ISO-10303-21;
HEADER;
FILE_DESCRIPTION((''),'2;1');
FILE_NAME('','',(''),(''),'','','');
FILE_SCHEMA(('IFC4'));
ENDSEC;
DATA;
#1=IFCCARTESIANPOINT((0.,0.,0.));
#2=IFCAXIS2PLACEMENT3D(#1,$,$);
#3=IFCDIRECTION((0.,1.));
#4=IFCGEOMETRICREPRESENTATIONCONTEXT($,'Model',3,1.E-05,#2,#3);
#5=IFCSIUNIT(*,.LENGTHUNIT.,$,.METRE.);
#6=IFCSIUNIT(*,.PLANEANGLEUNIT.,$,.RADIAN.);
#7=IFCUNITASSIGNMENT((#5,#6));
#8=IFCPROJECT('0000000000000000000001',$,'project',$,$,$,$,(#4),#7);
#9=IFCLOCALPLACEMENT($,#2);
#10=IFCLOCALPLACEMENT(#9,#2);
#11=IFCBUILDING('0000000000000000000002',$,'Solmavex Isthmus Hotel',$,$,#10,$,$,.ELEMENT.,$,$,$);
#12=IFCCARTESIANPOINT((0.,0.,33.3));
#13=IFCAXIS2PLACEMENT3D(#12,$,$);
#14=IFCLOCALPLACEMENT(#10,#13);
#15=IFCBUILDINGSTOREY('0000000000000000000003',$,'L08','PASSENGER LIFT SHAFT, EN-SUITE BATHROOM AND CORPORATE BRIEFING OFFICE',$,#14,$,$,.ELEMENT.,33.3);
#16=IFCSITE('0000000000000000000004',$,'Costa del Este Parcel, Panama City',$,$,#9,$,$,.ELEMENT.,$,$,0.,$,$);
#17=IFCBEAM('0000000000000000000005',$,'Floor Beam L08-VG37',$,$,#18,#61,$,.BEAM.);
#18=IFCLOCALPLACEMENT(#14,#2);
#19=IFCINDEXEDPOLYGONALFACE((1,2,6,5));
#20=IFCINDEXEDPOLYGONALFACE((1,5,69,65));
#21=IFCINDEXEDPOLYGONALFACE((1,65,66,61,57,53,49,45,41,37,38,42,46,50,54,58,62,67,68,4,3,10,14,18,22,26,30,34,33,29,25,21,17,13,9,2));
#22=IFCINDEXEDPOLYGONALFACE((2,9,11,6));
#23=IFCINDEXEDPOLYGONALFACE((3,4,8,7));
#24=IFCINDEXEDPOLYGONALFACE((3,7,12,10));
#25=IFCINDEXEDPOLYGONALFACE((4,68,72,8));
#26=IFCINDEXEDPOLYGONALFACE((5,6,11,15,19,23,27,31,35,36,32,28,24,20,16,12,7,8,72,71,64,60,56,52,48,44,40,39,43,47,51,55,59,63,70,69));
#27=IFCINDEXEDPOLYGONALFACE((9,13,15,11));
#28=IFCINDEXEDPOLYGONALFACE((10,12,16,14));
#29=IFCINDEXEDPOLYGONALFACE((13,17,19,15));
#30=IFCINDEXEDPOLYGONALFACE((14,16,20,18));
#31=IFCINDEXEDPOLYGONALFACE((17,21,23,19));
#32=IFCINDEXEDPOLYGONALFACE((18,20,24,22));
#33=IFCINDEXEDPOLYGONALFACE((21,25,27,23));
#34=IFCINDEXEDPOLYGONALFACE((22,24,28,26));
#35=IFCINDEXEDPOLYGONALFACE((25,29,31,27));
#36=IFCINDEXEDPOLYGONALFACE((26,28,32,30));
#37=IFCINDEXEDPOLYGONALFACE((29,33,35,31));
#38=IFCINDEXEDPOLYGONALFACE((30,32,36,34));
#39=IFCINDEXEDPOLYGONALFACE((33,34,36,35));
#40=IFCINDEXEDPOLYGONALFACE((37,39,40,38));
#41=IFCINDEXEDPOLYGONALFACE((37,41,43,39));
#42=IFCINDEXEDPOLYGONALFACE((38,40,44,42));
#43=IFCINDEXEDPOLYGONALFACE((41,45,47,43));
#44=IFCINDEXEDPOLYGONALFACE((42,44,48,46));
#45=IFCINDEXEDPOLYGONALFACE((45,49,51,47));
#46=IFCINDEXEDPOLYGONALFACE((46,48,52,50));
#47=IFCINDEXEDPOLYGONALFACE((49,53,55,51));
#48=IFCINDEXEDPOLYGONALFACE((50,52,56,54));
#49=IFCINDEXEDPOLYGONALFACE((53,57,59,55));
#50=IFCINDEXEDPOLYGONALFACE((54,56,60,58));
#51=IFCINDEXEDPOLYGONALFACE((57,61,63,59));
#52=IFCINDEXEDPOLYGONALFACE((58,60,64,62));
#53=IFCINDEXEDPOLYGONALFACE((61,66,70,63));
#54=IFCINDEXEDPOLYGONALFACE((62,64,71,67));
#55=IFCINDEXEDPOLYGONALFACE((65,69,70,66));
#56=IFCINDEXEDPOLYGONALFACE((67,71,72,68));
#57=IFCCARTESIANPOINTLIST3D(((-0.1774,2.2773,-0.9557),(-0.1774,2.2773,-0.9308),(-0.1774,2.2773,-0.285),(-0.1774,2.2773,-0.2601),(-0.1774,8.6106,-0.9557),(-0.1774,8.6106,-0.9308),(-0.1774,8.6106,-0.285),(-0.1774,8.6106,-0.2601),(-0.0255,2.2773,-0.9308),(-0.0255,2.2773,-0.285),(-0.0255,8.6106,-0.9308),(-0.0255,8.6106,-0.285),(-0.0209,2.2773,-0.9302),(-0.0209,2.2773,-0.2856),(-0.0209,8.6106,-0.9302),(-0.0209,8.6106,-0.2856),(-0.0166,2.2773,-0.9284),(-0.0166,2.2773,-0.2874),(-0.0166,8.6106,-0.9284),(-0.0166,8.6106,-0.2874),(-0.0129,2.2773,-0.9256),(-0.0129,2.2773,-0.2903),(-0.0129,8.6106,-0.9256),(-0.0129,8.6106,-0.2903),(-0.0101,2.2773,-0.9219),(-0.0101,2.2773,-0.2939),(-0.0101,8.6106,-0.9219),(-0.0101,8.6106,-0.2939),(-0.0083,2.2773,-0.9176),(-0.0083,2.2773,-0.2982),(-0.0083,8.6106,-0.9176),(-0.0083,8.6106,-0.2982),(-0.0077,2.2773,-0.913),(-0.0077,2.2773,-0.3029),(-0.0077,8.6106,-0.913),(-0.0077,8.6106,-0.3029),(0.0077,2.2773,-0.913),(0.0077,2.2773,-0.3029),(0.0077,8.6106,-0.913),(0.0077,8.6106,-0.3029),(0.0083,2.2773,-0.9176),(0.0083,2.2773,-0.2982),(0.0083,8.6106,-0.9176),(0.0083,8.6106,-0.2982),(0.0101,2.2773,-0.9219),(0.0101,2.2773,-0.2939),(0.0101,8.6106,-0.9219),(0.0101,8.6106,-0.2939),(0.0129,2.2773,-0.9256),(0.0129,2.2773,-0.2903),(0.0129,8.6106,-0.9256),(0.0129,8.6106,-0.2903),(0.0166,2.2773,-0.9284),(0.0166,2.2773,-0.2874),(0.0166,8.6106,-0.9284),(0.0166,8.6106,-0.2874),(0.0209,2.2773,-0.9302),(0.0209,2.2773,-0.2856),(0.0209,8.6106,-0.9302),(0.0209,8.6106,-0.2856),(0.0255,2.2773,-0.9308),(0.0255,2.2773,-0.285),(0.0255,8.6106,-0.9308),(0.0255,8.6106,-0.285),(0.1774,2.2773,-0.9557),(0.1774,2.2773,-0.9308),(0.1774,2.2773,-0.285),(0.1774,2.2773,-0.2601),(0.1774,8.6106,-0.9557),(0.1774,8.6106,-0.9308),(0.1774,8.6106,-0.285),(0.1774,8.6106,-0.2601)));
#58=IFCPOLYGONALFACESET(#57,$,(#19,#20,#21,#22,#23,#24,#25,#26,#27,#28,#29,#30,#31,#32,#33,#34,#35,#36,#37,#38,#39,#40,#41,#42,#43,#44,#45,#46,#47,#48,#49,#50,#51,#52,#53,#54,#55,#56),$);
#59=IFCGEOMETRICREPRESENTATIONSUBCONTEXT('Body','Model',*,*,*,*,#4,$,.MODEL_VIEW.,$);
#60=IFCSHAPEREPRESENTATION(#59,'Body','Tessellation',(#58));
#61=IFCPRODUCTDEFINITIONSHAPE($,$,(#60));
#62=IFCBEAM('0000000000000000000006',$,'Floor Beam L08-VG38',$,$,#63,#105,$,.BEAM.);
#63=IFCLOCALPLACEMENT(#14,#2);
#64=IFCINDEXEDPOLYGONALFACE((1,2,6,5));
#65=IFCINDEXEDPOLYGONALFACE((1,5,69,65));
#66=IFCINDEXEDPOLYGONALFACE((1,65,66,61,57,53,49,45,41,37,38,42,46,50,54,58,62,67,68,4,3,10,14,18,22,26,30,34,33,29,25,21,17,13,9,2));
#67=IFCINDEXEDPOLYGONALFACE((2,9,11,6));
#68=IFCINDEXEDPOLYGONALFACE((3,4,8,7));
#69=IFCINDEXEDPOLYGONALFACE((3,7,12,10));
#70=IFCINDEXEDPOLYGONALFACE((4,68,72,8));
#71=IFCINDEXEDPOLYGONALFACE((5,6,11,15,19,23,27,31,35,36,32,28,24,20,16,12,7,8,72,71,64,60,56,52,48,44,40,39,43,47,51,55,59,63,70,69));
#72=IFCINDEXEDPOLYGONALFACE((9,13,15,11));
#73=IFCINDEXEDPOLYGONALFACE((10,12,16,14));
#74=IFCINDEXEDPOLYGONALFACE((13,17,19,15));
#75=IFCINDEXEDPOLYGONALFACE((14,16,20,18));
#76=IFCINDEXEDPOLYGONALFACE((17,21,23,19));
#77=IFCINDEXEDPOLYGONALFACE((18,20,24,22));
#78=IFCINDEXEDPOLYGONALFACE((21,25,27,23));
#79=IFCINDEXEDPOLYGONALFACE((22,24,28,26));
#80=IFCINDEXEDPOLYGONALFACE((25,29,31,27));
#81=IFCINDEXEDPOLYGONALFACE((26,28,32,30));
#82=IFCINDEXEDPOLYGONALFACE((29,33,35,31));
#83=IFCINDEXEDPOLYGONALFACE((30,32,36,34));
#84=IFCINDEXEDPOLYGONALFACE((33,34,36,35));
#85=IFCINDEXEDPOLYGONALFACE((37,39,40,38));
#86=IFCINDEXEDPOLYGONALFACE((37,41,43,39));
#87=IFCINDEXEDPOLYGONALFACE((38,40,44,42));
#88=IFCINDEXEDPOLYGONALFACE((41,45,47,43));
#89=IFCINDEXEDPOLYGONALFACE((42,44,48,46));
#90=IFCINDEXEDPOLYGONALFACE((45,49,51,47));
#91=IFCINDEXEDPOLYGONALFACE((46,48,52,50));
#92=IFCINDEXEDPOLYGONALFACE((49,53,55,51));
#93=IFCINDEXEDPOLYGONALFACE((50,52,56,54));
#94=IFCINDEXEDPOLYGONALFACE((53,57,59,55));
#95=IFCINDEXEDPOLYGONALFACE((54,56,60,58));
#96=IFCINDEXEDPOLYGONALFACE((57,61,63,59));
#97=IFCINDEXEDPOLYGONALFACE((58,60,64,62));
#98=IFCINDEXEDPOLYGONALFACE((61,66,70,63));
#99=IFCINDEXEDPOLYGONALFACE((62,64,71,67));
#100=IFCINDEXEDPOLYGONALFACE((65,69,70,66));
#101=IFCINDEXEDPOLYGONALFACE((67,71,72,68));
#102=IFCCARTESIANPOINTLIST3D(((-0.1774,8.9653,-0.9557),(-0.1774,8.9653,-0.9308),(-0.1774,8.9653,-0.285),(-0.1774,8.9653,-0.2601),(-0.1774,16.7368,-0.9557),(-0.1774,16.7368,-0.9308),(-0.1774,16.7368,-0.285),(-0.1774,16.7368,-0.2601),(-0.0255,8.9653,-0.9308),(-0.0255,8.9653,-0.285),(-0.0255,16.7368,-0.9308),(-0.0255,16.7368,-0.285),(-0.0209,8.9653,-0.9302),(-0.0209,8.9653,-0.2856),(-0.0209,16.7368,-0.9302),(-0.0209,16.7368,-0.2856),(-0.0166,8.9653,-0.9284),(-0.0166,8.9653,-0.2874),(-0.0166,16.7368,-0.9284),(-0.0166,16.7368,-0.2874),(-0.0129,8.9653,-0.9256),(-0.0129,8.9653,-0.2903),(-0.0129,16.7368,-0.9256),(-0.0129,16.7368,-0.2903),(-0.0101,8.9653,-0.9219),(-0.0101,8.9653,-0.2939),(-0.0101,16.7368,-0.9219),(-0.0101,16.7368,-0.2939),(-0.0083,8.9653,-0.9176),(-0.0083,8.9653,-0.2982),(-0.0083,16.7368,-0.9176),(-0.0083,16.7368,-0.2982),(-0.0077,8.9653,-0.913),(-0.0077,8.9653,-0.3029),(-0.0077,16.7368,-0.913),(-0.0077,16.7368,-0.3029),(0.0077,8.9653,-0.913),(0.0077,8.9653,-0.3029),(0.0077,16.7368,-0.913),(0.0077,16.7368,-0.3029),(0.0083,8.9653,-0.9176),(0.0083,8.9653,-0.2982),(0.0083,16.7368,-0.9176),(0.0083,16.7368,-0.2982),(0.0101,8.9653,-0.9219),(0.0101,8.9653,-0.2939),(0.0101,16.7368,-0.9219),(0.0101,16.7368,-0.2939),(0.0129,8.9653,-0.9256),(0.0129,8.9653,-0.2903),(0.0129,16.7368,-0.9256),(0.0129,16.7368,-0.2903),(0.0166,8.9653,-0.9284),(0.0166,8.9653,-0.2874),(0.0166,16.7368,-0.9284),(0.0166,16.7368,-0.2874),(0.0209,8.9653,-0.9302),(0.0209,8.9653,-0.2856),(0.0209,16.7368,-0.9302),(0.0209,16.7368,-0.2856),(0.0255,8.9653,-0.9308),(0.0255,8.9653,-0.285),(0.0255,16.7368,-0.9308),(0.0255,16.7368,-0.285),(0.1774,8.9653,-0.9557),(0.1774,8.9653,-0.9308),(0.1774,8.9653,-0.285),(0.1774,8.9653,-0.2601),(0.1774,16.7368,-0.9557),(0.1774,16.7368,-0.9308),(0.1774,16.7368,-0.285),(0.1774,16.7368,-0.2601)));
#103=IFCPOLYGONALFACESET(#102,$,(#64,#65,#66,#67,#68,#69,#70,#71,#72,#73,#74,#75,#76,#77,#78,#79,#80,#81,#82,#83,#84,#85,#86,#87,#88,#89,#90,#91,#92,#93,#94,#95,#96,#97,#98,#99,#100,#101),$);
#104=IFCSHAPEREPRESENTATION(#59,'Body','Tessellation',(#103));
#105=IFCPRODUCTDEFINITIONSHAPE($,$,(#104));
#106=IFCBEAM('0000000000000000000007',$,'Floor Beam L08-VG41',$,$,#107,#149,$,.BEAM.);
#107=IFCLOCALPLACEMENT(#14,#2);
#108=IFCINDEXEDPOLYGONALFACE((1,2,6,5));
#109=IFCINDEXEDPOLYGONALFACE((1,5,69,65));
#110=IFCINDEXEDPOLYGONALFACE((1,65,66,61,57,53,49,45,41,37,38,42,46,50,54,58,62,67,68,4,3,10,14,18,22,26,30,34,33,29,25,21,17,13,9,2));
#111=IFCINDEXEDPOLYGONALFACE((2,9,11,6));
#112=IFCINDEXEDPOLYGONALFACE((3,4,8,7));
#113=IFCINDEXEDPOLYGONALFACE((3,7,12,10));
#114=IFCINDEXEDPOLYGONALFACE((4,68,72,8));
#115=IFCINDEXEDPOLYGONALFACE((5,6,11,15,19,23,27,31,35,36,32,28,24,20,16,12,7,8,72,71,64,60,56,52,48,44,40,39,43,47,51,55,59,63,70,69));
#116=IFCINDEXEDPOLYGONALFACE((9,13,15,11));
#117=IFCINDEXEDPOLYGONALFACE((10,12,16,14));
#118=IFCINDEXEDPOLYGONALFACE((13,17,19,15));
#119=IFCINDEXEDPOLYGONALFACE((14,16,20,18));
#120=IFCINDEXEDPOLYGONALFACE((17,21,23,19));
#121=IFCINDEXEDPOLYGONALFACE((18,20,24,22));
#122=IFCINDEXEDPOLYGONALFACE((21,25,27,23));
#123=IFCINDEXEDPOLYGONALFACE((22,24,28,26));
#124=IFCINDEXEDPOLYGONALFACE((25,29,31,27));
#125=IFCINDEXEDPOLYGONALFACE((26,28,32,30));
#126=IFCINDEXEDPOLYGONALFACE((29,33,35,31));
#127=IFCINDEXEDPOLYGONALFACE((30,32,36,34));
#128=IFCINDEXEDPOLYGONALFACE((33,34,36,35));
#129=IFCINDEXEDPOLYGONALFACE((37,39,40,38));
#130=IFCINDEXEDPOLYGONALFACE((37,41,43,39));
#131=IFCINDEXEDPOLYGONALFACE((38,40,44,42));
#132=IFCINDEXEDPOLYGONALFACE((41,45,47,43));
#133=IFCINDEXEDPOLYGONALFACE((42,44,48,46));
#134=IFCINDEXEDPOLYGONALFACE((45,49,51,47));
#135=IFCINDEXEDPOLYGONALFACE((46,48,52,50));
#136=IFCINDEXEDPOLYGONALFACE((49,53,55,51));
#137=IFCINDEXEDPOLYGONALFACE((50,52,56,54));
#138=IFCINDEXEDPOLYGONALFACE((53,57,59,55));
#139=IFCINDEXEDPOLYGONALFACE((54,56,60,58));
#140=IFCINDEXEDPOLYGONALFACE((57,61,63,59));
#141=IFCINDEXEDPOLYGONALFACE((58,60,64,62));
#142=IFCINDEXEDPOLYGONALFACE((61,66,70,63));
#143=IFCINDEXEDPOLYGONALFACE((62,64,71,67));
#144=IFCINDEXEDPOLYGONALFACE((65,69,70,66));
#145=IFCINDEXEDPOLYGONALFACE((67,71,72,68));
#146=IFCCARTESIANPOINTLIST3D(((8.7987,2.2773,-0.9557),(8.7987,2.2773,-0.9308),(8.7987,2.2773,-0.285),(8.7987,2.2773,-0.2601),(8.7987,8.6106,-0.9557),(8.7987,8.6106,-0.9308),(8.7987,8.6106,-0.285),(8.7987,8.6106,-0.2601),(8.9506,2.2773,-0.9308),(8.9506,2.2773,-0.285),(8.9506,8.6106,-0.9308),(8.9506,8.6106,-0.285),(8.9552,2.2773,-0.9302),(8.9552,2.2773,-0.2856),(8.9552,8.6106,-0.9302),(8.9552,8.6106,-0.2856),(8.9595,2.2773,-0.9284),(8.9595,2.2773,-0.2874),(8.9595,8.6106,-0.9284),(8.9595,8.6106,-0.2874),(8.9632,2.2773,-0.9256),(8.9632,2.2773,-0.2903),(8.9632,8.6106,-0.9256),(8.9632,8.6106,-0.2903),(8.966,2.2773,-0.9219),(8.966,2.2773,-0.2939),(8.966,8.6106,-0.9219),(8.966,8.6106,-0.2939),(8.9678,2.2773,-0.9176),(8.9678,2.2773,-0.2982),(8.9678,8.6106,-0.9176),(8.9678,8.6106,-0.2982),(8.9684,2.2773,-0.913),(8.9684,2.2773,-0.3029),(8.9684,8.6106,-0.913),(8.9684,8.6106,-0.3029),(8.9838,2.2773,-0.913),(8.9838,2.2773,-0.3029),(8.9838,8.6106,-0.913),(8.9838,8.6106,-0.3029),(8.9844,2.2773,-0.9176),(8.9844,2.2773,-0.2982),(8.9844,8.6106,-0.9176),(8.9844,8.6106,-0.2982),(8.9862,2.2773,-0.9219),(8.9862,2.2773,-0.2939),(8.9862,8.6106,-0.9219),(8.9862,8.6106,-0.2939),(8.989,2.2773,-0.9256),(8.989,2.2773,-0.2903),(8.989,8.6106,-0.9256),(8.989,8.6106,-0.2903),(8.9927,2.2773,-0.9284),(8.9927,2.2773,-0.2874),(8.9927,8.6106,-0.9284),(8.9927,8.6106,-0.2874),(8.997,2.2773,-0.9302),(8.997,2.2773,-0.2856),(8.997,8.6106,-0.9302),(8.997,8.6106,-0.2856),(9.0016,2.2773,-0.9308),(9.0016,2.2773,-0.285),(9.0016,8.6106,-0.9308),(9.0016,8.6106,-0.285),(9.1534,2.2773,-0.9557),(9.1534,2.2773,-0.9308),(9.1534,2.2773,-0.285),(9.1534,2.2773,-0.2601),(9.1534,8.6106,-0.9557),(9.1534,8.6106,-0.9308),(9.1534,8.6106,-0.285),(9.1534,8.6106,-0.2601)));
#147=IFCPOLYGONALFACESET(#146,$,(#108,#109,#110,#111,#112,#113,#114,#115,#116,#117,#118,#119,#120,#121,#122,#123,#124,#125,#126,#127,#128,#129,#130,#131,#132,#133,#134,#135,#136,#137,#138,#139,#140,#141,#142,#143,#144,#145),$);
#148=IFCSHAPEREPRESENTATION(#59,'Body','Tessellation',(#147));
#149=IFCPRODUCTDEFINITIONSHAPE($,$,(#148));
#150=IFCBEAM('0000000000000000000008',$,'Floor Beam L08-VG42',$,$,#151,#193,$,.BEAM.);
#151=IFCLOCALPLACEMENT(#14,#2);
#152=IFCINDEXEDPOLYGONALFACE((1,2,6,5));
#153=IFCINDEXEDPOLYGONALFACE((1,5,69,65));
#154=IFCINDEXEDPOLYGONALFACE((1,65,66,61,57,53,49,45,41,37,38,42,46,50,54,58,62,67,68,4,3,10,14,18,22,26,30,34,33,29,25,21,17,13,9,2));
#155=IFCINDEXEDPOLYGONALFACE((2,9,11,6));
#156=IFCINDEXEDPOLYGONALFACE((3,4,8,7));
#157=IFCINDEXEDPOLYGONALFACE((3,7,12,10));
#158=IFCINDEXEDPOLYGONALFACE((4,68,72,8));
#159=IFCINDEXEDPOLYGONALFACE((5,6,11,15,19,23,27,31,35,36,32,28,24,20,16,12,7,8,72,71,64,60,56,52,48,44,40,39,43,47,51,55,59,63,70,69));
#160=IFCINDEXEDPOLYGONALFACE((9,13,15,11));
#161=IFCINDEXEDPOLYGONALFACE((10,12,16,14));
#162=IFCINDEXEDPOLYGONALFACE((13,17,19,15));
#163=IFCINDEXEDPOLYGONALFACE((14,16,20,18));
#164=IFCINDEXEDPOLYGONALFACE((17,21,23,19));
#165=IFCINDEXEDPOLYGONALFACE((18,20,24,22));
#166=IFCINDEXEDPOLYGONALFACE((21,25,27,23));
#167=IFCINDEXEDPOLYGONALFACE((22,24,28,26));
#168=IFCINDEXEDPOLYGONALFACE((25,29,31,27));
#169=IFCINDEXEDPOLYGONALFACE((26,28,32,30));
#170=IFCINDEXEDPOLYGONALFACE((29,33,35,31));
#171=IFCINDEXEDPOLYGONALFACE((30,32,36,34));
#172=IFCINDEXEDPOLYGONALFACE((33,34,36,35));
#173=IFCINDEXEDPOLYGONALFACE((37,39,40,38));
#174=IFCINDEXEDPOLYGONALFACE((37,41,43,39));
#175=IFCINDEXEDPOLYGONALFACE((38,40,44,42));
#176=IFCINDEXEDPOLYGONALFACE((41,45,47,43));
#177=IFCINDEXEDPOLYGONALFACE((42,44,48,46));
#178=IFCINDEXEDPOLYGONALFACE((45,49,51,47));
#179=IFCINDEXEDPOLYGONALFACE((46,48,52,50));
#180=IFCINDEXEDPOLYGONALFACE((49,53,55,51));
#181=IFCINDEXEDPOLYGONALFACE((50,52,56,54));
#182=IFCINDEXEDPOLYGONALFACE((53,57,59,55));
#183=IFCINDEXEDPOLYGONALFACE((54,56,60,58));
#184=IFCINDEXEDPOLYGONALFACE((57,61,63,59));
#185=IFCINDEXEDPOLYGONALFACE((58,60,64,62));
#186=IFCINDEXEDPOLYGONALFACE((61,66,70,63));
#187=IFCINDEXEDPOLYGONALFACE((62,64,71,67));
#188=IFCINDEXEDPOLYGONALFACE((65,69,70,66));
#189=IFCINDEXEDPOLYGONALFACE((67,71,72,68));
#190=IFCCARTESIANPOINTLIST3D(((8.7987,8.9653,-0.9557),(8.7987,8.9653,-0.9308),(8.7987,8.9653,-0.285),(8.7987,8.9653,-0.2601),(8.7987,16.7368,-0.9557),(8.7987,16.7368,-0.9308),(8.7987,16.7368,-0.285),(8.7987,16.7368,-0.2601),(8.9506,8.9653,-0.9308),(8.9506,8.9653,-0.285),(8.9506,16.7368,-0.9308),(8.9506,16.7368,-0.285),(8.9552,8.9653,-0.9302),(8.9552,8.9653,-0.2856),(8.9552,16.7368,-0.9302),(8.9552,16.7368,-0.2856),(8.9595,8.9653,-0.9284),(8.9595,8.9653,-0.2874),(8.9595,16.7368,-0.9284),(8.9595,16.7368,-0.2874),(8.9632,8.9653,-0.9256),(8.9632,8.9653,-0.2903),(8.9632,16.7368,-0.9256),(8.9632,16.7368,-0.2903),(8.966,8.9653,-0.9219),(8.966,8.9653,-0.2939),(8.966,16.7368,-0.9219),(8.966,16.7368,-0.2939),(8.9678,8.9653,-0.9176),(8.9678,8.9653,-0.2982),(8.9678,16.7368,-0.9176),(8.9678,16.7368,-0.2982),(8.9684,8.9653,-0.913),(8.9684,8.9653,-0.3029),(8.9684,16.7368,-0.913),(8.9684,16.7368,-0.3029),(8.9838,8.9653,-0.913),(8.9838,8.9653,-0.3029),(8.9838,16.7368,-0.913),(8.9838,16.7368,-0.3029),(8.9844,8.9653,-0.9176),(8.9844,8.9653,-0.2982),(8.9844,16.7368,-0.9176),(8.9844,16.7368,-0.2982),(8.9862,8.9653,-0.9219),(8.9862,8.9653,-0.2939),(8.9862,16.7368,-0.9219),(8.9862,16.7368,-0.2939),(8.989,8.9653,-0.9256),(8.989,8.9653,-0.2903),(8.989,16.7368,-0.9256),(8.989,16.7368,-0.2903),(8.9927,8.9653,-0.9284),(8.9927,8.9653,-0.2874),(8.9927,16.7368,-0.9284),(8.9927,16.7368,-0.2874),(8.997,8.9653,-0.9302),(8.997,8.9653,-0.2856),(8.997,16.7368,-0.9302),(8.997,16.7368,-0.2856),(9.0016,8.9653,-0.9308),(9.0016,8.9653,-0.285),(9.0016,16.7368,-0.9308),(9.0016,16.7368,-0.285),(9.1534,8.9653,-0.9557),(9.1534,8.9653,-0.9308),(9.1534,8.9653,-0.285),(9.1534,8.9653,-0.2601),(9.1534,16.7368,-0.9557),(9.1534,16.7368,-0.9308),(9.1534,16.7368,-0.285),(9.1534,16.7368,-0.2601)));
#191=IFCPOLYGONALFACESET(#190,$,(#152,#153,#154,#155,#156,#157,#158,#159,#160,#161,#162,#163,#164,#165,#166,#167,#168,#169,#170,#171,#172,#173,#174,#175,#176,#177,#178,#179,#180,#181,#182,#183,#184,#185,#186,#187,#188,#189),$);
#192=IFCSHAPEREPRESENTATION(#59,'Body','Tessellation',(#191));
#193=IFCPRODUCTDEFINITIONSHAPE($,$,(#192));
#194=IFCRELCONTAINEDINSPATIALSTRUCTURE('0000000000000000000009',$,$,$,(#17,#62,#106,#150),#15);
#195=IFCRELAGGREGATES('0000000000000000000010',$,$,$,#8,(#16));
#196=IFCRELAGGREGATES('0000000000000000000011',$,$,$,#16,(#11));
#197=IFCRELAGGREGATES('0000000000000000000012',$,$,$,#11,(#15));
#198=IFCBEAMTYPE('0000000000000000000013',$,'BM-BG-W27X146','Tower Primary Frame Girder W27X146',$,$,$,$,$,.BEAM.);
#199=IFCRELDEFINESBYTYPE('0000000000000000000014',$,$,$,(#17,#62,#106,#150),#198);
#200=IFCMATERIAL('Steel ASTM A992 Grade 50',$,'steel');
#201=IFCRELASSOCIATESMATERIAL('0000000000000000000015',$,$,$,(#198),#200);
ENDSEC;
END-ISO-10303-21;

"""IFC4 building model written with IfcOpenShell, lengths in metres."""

from ifc_helpers import new_model, si_unit, direction, frame, origin, origin_2d, place, context, subcontext, project, spatial, i_section, extrude, material, material_profile, profile_set, type_object, element, save


model = new_model("IFC4")

# Units and contexts
model_context = context("Model", 3, precision=1e-05, world=origin(), true_north=direction((0.0, 1.0)))
body_context = subcontext(model_context, "Body", "Model", "MODEL_VIEW")
ifc_project = project(units=[si_unit("LENGTHUNIT", "METRE"), si_unit("PLANEANGLEUNIT", "RADIAN")], contexts=[model_context])

# Site, building, storey
site_placement = place(None, origin())
site = spatial("IfcSite", under=ifc_project, at=site_placement, Name="Costa del Este Parcel, Panama City", CompositionType="ELEMENT", RefElevation=0.0)
building_placement = place(site_placement, origin())
building = spatial("IfcBuilding", under=site, at=building_placement, Name="Solmavex Isthmus Hotel", CompositionType="ELEMENT")
storey_placement = place(building_placement, frame((0.0, 0.0, 33.3)))
storey = spatial("IfcBuildingStorey", under=building, at=storey_placement, Name="L08", Description="PASSENGER LIFT SHAFT, EN-SUITE BATHROOM AND CORPORATE BRIEFING OFFICE", CompositionType="ELEMENT", Elevation=33.3)

# Beams
ifc_material_1 = material(Name="Steel ASTM A992 Grade 50", Category="steel")
ifc_material_profile_1 = material_profile(ifc_material_1, i_section(OverallWidth=0.3547, OverallDepth=0.6956, WebThickness=0.0154, FlangeThickness=0.0249, FilletRadius=0.0178, at=origin_2d()), Name="W27X146")
ifc_profile_set_1 = profile_set([ifc_material_profile_1], Name="Steel ASTM A992 Grade 50")
beam_type_1 = type_object("IfcBeamType", Name="BM-BG-W27X146", Description="Tower Primary Frame Girder W27X146", PredefinedType="BEAM", material=ifc_profile_set_1)
beam_1_placement = place(storey_placement, frame((0.0, 2.2773, -0.6079), z_axis=(0.0, 1.0, 0.0), x_axis=(-1.0, 0.0, 0.0)))
element("IfcBeam", 1, at=beam_1_placement, inside=storey, type_object=beam_type_1, Name="Floor Beam L08-VG37", PredefinedType="BEAM", context=body_context, shape_type="SweptSolid", body=[
    extrude(i_section(OverallWidth=0.3547, OverallDepth=0.6956, WebThickness=0.0154, FlangeThickness=0.0249, FilletRadius=0.0178, at=origin_2d()), origin(), (0.0, 0.0, 1.0), 6.3333),
])
beam_2_placement = place(storey_placement, frame((0.0, 8.9653, -0.6079), z_axis=(0.0, 1.0, 0.0), x_axis=(-1.0, 0.0, 0.0)))
element("IfcBeam", 2, at=beam_2_placement, inside=storey, type_object=beam_type_1, Name="Floor Beam L08-VG38", PredefinedType="BEAM", context=body_context, shape_type="SweptSolid", body=[
    extrude(i_section(OverallWidth=0.3547, OverallDepth=0.6956, WebThickness=0.0154, FlangeThickness=0.0249, FilletRadius=0.0178, at=origin_2d()), origin(), (0.0, 0.0, 1.0), 7.7715),
])
beam_3_placement = place(storey_placement, frame((8.9761, 2.2773, -0.6079), z_axis=(0.0, 1.0, 0.0), x_axis=(-1.0, 0.0, 0.0)))
element("IfcBeam", 3, at=beam_3_placement, inside=storey, type_object=beam_type_1, Name="Floor Beam L08-VG41", PredefinedType="BEAM", context=body_context, shape_type="SweptSolid", body=[
    extrude(i_section(OverallWidth=0.3547, OverallDepth=0.6956, WebThickness=0.0154, FlangeThickness=0.0249, FilletRadius=0.0178, at=origin_2d()), origin(), (0.0, 0.0, 1.0), 6.3333),
])
beam_4_placement = place(storey_placement, frame((8.9761, 8.9653, -0.6079), z_axis=(0.0, 1.0, 0.0), x_axis=(-1.0, 0.0, 0.0)))
element("IfcBeam", 4, at=beam_4_placement, inside=storey, type_object=beam_type_1, Name="Floor Beam L08-VG42", PredefinedType="BEAM", context=body_context, shape_type="SweptSolid", body=[
    extrude(i_section(OverallWidth=0.3547, OverallDepth=0.6956, WebThickness=0.0154, FlangeThickness=0.0249, FilletRadius=0.0178, at=origin_2d()), origin(), (0.0, 0.0, 1.0), 7.7715),
])

save(model, "model.ifc")
